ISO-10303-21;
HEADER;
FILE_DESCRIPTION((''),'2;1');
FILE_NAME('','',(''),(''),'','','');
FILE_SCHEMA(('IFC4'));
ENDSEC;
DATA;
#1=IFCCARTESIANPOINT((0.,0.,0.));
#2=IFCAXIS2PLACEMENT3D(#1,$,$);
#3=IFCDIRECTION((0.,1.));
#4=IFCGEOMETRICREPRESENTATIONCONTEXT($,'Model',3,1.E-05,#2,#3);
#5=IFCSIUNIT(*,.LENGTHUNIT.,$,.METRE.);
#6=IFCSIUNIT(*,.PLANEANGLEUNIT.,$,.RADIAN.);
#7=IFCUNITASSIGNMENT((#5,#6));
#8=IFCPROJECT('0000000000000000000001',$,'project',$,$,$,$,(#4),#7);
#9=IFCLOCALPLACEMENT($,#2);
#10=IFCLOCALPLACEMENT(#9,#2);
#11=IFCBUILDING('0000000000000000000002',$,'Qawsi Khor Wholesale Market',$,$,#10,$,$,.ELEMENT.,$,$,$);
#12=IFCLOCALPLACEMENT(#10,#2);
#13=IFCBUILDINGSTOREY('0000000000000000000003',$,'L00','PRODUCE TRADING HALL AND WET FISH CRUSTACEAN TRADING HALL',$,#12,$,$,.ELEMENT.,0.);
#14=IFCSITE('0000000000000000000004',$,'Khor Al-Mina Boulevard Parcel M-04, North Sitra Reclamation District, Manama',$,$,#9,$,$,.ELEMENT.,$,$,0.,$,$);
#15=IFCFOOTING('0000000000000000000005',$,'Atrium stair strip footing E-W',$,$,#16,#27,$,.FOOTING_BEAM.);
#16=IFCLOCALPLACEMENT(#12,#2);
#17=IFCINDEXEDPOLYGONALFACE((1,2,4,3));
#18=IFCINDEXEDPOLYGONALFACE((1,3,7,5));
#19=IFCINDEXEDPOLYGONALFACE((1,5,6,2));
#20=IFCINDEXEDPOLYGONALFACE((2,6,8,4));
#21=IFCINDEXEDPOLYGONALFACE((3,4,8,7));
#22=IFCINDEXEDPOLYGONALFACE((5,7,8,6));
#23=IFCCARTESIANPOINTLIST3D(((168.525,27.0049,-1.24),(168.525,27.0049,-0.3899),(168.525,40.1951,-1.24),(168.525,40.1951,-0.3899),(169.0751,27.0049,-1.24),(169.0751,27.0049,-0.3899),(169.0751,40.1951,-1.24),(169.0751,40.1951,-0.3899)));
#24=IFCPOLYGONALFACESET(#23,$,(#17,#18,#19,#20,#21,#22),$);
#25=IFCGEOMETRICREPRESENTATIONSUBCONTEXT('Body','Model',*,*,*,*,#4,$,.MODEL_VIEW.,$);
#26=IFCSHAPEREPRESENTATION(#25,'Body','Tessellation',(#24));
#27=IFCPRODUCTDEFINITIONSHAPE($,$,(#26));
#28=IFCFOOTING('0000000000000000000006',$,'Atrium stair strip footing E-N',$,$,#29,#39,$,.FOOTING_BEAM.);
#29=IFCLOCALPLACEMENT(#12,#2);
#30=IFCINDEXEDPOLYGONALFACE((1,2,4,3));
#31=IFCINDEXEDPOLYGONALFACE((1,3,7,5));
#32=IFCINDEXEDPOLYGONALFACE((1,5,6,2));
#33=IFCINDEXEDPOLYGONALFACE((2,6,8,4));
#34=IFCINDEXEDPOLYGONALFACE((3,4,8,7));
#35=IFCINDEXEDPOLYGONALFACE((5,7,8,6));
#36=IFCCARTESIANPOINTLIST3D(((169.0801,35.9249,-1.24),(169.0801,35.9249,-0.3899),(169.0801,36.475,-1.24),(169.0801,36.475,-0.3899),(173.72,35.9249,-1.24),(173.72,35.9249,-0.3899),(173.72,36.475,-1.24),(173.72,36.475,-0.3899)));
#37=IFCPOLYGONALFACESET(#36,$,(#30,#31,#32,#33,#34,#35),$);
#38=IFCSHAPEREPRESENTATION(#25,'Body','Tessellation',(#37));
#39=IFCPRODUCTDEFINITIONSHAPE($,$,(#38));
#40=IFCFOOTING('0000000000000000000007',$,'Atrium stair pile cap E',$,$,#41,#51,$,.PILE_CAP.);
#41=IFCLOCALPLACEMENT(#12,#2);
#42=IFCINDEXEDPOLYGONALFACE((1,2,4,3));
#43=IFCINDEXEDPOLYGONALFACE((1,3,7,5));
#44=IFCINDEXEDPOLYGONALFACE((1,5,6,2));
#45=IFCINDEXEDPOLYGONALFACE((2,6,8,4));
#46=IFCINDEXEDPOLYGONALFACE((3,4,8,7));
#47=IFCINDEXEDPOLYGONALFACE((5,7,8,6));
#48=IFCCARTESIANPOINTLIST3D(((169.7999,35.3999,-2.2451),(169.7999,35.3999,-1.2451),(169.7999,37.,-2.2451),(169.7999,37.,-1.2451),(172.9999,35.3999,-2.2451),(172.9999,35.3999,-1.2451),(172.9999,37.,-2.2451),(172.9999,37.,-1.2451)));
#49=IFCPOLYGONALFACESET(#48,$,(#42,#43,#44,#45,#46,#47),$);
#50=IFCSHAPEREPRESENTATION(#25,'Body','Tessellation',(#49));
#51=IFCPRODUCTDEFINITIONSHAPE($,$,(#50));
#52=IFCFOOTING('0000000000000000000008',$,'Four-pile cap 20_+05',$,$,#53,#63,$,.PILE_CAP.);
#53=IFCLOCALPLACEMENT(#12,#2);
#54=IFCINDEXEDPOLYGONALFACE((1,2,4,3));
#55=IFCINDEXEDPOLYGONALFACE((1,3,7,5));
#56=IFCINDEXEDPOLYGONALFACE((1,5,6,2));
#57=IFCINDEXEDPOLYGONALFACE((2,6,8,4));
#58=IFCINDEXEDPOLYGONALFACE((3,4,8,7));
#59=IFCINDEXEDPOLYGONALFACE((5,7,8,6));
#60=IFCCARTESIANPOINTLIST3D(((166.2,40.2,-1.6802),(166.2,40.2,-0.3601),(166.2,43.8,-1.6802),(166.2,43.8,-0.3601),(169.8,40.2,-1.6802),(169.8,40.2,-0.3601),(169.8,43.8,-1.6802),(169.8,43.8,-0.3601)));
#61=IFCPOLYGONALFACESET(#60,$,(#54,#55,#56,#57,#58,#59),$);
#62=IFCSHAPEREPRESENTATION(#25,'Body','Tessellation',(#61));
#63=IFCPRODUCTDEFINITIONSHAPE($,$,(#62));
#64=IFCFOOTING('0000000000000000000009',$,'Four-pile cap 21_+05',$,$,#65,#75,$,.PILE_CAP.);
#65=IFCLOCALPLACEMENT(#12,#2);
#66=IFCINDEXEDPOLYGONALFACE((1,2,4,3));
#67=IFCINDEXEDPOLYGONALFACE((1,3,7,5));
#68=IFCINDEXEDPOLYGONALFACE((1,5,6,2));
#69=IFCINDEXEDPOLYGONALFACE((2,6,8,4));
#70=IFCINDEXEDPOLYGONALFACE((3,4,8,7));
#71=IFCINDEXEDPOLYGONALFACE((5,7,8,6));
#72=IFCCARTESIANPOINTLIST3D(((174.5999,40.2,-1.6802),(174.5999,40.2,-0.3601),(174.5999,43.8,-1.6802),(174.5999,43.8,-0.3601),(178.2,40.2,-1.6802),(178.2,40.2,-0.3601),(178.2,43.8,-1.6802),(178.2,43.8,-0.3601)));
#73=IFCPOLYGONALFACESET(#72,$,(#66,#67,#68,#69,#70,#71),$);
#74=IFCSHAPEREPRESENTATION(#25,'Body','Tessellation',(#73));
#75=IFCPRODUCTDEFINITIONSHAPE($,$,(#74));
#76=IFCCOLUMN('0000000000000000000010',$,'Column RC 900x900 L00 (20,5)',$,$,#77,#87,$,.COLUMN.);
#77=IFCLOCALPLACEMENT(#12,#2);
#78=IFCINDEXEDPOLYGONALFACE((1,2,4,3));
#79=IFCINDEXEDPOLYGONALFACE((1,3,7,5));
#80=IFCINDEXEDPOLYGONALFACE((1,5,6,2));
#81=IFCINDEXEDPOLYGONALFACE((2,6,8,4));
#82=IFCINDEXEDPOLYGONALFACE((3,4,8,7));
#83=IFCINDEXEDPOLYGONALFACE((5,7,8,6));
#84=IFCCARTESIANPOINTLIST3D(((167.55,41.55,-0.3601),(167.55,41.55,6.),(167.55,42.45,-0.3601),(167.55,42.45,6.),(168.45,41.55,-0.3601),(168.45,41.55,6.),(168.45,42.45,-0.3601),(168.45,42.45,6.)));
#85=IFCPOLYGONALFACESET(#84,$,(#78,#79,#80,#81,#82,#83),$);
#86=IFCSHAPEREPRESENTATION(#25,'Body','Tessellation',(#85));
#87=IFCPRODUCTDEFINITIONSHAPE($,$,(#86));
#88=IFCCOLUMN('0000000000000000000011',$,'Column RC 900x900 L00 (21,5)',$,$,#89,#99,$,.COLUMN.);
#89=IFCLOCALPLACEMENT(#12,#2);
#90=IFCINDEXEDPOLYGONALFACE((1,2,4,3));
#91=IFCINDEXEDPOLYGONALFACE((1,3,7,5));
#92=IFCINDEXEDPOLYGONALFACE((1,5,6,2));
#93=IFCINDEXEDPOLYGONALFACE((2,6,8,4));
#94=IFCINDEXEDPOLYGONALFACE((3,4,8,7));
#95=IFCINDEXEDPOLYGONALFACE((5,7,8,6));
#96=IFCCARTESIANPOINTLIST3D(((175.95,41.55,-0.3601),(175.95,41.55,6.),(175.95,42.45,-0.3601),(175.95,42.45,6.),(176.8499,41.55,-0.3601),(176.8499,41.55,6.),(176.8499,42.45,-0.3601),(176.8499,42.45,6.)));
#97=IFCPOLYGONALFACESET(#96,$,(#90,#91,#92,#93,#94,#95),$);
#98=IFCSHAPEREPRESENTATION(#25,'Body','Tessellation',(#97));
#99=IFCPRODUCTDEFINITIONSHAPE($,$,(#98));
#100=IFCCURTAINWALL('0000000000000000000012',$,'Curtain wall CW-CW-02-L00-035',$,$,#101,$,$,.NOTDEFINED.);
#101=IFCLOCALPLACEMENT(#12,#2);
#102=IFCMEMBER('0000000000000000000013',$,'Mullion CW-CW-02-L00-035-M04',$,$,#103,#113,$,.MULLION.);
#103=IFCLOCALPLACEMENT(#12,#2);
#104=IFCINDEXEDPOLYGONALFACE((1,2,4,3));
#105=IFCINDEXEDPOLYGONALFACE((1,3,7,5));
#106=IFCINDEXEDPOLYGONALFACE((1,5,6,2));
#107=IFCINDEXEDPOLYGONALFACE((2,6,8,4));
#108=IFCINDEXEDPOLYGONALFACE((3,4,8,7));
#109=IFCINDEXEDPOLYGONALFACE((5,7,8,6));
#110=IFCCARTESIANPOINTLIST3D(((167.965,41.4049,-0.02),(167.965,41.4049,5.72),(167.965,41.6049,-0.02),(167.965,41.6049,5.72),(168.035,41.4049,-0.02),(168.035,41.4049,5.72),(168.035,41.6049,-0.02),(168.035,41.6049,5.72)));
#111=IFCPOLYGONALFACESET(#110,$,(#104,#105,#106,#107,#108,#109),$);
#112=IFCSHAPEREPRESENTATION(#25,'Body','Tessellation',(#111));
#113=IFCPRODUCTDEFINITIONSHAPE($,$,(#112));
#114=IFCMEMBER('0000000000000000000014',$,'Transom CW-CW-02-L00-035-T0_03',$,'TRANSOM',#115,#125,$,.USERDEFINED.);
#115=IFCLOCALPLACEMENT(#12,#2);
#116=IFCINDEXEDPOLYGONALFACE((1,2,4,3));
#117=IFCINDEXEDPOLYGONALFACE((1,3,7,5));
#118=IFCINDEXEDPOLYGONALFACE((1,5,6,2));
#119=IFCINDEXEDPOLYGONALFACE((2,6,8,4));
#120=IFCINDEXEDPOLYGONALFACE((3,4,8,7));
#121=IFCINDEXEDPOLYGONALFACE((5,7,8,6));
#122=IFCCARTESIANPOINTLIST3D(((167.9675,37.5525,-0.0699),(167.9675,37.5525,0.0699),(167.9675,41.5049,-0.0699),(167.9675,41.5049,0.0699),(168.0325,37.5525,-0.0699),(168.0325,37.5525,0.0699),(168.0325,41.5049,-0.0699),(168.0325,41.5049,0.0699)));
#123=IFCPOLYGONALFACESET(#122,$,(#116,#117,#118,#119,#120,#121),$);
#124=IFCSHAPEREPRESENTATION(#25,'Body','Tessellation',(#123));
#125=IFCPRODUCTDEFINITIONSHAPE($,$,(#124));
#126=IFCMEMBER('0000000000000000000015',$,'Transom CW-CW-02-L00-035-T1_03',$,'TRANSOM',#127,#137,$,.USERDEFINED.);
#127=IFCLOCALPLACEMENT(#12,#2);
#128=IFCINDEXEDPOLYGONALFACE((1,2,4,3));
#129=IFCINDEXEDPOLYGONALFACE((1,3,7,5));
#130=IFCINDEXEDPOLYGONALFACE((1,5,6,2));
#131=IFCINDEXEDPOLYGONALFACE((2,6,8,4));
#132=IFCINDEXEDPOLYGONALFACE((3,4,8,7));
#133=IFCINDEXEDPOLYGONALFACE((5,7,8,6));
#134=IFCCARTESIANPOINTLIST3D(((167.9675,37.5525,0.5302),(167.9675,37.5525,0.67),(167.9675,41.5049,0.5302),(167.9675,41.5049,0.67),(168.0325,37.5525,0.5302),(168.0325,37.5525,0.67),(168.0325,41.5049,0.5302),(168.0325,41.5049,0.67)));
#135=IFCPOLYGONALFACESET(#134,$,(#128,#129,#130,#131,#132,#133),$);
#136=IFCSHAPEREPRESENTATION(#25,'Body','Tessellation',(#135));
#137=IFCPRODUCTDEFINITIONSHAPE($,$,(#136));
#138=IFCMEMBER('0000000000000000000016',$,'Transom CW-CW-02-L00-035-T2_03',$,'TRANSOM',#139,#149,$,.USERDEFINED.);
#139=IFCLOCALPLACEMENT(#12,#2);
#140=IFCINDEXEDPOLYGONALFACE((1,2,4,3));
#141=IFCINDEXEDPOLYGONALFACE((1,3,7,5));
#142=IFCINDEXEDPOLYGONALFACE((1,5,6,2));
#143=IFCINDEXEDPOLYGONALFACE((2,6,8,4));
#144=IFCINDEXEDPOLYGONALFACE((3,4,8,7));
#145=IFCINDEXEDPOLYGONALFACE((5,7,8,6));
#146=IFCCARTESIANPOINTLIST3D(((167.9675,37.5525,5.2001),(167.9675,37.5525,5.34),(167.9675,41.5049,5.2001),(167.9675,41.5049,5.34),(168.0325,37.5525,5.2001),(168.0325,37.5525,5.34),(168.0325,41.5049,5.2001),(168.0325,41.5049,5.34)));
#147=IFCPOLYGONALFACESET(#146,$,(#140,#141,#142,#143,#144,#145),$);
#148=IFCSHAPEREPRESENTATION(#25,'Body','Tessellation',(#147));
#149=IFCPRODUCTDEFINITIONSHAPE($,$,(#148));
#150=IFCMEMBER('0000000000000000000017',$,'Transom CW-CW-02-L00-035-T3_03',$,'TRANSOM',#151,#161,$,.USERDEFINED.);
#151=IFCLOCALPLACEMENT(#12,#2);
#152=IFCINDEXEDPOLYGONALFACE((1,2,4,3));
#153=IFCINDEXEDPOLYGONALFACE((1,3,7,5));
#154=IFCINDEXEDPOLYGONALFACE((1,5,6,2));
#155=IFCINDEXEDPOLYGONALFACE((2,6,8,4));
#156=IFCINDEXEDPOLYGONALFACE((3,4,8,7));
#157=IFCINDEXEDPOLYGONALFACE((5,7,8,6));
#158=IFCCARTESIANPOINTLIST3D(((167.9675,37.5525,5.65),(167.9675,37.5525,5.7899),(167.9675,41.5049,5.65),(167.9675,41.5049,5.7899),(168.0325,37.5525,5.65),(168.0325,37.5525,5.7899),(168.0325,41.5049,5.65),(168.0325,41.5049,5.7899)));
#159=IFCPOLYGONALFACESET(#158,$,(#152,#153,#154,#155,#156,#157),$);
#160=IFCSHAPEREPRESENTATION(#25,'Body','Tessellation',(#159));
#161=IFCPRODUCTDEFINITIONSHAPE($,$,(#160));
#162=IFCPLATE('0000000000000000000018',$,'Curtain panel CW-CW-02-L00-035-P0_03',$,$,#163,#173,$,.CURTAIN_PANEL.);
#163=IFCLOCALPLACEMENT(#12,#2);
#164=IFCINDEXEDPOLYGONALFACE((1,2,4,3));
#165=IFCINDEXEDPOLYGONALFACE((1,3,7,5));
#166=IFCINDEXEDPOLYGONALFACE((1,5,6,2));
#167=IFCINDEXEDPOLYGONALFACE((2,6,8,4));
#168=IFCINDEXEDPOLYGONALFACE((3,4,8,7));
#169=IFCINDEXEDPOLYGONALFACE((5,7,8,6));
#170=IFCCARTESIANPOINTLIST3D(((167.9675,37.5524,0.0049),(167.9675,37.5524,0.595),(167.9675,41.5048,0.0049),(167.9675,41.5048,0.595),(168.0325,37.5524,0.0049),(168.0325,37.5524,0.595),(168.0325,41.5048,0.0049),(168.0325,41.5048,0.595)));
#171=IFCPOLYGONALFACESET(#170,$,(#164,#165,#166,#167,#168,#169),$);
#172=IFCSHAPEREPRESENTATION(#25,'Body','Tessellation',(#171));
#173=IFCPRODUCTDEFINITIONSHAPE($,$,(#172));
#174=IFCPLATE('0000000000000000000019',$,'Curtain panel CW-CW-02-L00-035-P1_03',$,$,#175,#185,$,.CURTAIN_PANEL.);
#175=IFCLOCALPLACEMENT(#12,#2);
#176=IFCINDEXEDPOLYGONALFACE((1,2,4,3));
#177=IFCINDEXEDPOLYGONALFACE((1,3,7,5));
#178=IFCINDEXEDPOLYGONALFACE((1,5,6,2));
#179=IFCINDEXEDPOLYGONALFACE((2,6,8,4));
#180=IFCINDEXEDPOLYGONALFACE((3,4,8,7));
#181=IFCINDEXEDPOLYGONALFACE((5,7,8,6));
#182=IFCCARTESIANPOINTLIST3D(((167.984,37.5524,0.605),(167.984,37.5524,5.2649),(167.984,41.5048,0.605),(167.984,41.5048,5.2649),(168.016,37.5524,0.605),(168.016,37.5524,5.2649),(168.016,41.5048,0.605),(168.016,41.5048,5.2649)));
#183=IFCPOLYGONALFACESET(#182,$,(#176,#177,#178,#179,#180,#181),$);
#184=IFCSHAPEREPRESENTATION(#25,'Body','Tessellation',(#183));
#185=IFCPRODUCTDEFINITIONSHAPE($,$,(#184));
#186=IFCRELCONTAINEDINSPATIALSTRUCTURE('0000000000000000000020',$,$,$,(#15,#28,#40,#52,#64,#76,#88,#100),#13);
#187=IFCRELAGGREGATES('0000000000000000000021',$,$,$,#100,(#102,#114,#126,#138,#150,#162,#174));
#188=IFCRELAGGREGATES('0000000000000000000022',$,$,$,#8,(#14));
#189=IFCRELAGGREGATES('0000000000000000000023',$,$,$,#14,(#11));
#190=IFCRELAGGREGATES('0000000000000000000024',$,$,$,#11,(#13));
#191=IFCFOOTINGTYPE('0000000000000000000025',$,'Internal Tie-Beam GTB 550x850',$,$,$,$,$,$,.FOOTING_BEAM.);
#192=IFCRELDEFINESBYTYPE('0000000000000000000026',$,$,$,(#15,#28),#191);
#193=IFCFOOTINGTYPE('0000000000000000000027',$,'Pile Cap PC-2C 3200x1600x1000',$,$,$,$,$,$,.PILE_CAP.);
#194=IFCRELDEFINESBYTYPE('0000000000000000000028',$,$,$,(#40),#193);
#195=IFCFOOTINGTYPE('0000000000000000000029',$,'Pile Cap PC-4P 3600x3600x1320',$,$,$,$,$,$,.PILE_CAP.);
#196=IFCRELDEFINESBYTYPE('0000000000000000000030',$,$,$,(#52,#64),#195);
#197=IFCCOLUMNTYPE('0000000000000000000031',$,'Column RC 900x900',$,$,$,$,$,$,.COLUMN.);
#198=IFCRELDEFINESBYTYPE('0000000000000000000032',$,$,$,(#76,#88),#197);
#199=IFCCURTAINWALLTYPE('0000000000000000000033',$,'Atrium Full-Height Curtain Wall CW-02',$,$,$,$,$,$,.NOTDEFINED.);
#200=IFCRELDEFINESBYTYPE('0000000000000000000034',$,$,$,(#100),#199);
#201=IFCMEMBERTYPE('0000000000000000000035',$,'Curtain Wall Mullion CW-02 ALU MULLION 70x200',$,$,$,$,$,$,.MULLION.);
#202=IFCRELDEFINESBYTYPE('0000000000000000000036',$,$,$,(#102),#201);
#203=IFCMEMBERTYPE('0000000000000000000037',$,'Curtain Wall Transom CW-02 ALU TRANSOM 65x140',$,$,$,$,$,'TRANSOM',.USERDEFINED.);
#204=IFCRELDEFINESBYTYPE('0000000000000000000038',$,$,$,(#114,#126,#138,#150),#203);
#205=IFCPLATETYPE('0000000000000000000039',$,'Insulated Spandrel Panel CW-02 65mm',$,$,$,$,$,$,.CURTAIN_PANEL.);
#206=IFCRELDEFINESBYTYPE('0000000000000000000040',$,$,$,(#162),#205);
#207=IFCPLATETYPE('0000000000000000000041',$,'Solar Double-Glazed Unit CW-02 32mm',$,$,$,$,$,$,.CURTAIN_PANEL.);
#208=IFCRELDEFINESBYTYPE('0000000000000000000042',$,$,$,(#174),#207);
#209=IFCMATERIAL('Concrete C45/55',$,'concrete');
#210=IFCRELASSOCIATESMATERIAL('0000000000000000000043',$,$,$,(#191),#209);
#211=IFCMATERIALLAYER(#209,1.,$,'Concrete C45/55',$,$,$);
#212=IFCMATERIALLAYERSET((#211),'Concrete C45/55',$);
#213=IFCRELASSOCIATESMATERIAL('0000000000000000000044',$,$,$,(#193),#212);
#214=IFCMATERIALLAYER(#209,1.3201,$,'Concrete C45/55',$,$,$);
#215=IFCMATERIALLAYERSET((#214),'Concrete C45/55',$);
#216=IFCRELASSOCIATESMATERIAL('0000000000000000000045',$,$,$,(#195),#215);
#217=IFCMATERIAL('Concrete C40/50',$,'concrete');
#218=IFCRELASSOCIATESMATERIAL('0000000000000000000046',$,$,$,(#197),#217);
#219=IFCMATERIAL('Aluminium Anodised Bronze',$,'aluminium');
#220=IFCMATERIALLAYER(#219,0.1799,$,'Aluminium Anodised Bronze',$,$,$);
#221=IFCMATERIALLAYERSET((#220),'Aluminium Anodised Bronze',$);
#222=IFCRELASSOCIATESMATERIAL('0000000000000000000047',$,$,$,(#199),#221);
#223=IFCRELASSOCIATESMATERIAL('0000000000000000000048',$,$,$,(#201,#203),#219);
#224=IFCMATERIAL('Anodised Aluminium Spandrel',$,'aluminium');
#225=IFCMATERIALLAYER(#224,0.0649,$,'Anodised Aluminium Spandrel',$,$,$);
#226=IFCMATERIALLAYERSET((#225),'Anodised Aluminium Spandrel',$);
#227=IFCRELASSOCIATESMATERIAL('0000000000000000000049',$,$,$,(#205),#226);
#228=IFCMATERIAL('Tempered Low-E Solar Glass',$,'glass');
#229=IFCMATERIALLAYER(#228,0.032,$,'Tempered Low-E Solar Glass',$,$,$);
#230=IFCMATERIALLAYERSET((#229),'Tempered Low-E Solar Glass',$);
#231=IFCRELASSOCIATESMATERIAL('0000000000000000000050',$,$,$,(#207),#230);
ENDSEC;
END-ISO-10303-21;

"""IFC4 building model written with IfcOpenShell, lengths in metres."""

from ifc_helpers import new_model, si_unit, direction, frame, frame_2d, origin, origin_2d, place, context, subcontext, project, spatial, rectangle, extrude, material, layer, layer_set, material_profile, profile_set, type_object, element, aggregate, save


model = new_model("IFC4")

# Units and contexts
model_context = context("Model", 3, precision=1e-05, world=origin(), true_north=direction((0.0, 1.0)))
body_context = subcontext(model_context, "Body", "Model", "MODEL_VIEW")
ifc_project = project(units=[si_unit("LENGTHUNIT", "METRE"), si_unit("PLANEANGLEUNIT", "RADIAN")], contexts=[model_context])

# Site, building, storey
site_placement = place(None, origin())
site = spatial("IfcSite", under=ifc_project, at=site_placement, Name="Khor Al-Mina Boulevard Parcel M-04, North Sitra Reclamation District, Manama", CompositionType="ELEMENT", RefElevation=0.0)
building_placement = place(site_placement, origin())
building = spatial("IfcBuilding", under=site, at=building_placement, Name="Qawsi Khor Wholesale Market", CompositionType="ELEMENT")
storey_placement = place(building_placement, origin())
storey = spatial("IfcBuildingStorey", under=building, at=storey_placement, Name="L00", Description="PRODUCE TRADING HALL AND WET FISH CRUSTACEAN TRADING HALL", CompositionType="ELEMENT", Elevation=0.0)

# Shared definitions
ifc_material_1 = material(Name="Concrete C45/55", Category="concrete")

# Footings
ifc_material_profile_1 = material_profile(ifc_material_1, rectangle(XDim=0.55, YDim=0.8501, at=origin_2d()), Name="RC 550x850")
ifc_profile_set_1 = profile_set([ifc_material_profile_1], Name="Concrete C45/55")
footing_type_1 = type_object("IfcFootingType", Name="Internal Tie-Beam GTB 550x850", PredefinedType="FOOTING_BEAM", material=ifc_profile_set_1)
footing_1_placement = place(storey_placement, frame((168.8, 27.0049, -0.8149), z_axis=(0.0, 1.0, 0.0), x_axis=(-1.0, 0.0, 0.0)))
element("IfcFooting", 1, at=footing_1_placement, inside=storey, type_object=footing_type_1, Name="Atrium stair strip footing E-W", PredefinedType="FOOTING_BEAM", context=body_context, shape_type="SweptSolid", body=[
    extrude(rectangle(XDim=0.55, YDim=0.8501, at=origin_2d()), origin(), (0.0, 0.0, 1.0), 13.1902),
])
footing_2_placement = place(storey_placement, frame((169.0801, 36.2, -0.8149), z_axis=(1.0, 0.0, 0.0), x_axis=(0.0, 1.0, 0.0)))
element("IfcFooting", 2, at=footing_2_placement, inside=storey, type_object=footing_type_1, Name="Atrium stair strip footing E-N", PredefinedType="FOOTING_BEAM", context=body_context, shape_type="SweptSolid", body=[
    extrude(rectangle(XDim=0.55, YDim=0.8501, at=origin_2d()), origin(), (0.0, 0.0, 1.0), 4.6399),
])
ifc_layer_1 = layer(ifc_material_1, 1.0, Name="Concrete C45/55")
ifc_layer_set_1 = layer_set([ifc_layer_1], Name="Concrete C45/55")
footing_type_2 = type_object("IfcFootingType", Name="Pile Cap PC-2C 3200x1600x1000", PredefinedType="PILE_CAP", material=ifc_layer_set_1)
footing_3_placement = place(storey_placement, frame((171.3999, 36.2, -2.2451), z_axis=(0.0, 0.0, 1.0), x_axis=(1.0, 0.0, 0.0)))
element("IfcFooting", 3, at=footing_3_placement, inside=storey, type_object=footing_type_2, Name="Atrium stair pile cap E", PredefinedType="PILE_CAP", context=body_context, shape_type="SweptSolid", body=[
    extrude(rectangle(XDim=3.2, YDim=1.6001, at=origin_2d()), origin(), (0.0, 0.0, 1.0), 1.0),
])
ifc_layer_2 = layer(ifc_material_1, 1.3201, Name="Concrete C45/55")
ifc_layer_set_2 = layer_set([ifc_layer_2], Name="Concrete C45/55")
footing_type_3 = type_object("IfcFootingType", Name="Pile Cap PC-4P 3600x3600x1320", PredefinedType="PILE_CAP", material=ifc_layer_set_2)
for number, where, z_axis, x_axis, name in (
    (4, (168.0, 42.0, -1.6802), (0.0, 0.0, 1.0), (1.0, 0.0, 0.0), "Four-pile cap 20_+05"),
    (5, (176.3999, 42.0, -1.6802), (0.0, 0.0, 1.0), (1.0, 0.0, 0.0), "Four-pile cap 21_+05"),
):
    element("IfcFooting", number, at=place(storey_placement, frame(where, z_axis=z_axis, x_axis=x_axis)), inside=storey, type_object=footing_type_3, Name=name, PredefinedType="PILE_CAP", context=body_context, shape_type="SweptSolid", body=[
        extrude(rectangle(XDim=3.6001, YDim=3.6001, at=origin_2d()), origin(), (0.0, 0.0, 1.0), 1.3201),
    ])

# Columns
ifc_material_2 = material(Name="Concrete C40/50", Category="concrete")
ifc_material_profile_2 = material_profile(ifc_material_2, rectangle(XDim=0.8999, YDim=0.8999, at=origin_2d()), Name="RC 900x900")
ifc_profile_set_2 = profile_set([ifc_material_profile_2], Name="Concrete C40/50")
column_type = type_object("IfcColumnType", Name="Column RC 900x900", PredefinedType="COLUMN", material=ifc_profile_set_2)
for number, where, z_axis, x_axis, name in (
    (6, (168.0, 42.0, -0.3601), (0.0, 0.0, 1.0), (1.0, 0.0, 0.0), "Column RC 900x900 L00 (20,5)"),
    (7, (176.3999, 42.0, -0.3601), (0.0, 0.0, 1.0), (1.0, 0.0, 0.0), "Column RC 900x900 L00 (21,5)"),
):
    element("IfcColumn", number, at=place(storey_placement, frame(where, z_axis=z_axis, x_axis=x_axis)), inside=storey, type_object=column_type, Name=name, PredefinedType="COLUMN", context=body_context, shape_type="SweptSolid", body=[
        extrude(rectangle(XDim=0.8999, YDim=0.8999, at=origin_2d()), origin(), (0.0, 0.0, 1.0), 6.3601),
    ])

# Curtain wall, members, plates
ifc_material_3 = material(Name="Aluminium Anodised Bronze", Category="aluminium")
ifc_layer_3 = layer(ifc_material_3, 0.1799, Name="Aluminium Anodised Bronze")
ifc_layer_set_3 = layer_set([ifc_layer_3], Name="Aluminium Anodised Bronze")
curtain_wall_type = type_object("IfcCurtainWallType", Name="Atrium Full-Height Curtain Wall CW-02", PredefinedType="NOTDEFINED", material=ifc_layer_set_3)
curtain_wall_placement = place(storey_placement, origin())
curtain_wall = element("IfcCurtainWall", 8, at=curtain_wall_placement, inside=storey, type_object=curtain_wall_type, Name="Curtain wall CW-CW-02-L00-035", PredefinedType="NOTDEFINED")
ifc_material_profile_3 = material_profile(ifc_material_3, rectangle(XDim=0.0701, YDim=0.2, at=origin_2d()), Name="ALU MULLION 70x200")
ifc_profile_set_3 = profile_set([ifc_material_profile_3], Name="Aluminium Anodised Bronze")
member_type_1 = type_object("IfcMemberType", Name="Curtain Wall Mullion CW-02 ALU MULLION 70x200", PredefinedType="MULLION", material=ifc_profile_set_3)
member_1_placement = place(storey_placement, frame((168.0, 41.5049, -0.02), z_axis=(0.0, 0.0, 1.0), x_axis=(1.0, 0.0, 0.0)))
member_1 = element("IfcMember", 9, at=member_1_placement, type_object=member_type_1, Name="Mullion CW-CW-02-L00-035-M04", PredefinedType="MULLION", context=body_context, shape_type="SweptSolid", body=[
    extrude(rectangle(XDim=0.0701, YDim=0.2, at=origin_2d()), origin(), (0.0, 0.0, 1.0), 5.74),
])
ifc_material_profile_4 = material_profile(ifc_material_3, rectangle(XDim=0.0649, YDim=0.1399, at=origin_2d()), Name="ALU TRANSOM 65x140")
ifc_profile_set_4 = profile_set([ifc_material_profile_4], Name="Aluminium Anodised Bronze")
member_type_2 = type_object("IfcMemberType", Name="Curtain Wall Transom CW-02 ALU TRANSOM 65x140", ElementType="TRANSOM", PredefinedType="USERDEFINED", material=ifc_profile_set_4)
member_2_placement = place(storey_placement, frame((168.0, 37.5525, 0.0), z_axis=(0.0, 1.0, 0.0), x_axis=(-1.0, 0.0, 0.0)))
member_2 = element("IfcMember", 10, at=member_2_placement, type_object=member_type_2, Name="Transom CW-CW-02-L00-035-T0_03", ObjectType="TRANSOM", PredefinedType="USERDEFINED", context=body_context, shape_type="SweptSolid", body=[
    extrude(rectangle(XDim=0.0649, YDim=0.1399, at=origin_2d()), origin(), (0.0, 0.0, 1.0), 3.9524),
])
member_3_placement = place(storey_placement, frame((168.0, 37.5525, 0.6001), z_axis=(0.0, 1.0, 0.0), x_axis=(-1.0, 0.0, 0.0)))
member_3 = element("IfcMember", 11, at=member_3_placement, type_object=member_type_2, Name="Transom CW-CW-02-L00-035-T1_03", ObjectType="TRANSOM", PredefinedType="USERDEFINED", context=body_context, shape_type="SweptSolid", body=[
    extrude(rectangle(XDim=0.0649, YDim=0.1399, at=origin_2d()), origin(), (0.0, 0.0, 1.0), 3.9524),
])
member_4_placement = place(storey_placement, frame((168.0, 37.5525, 5.27), z_axis=(0.0, 1.0, 0.0), x_axis=(-1.0, 0.0, 0.0)))
member_4 = element("IfcMember", 12, at=member_4_placement, type_object=member_type_2, Name="Transom CW-CW-02-L00-035-T2_03", ObjectType="TRANSOM", PredefinedType="USERDEFINED", context=body_context, shape_type="SweptSolid", body=[
    extrude(rectangle(XDim=0.0649, YDim=0.1399, at=origin_2d()), origin(), (0.0, 0.0, 1.0), 3.9524),
])
member_5_placement = place(storey_placement, frame((168.0, 37.5525, 5.72), z_axis=(0.0, 1.0, 0.0), x_axis=(-1.0, 0.0, 0.0)))
member_5 = element("IfcMember", 13, at=member_5_placement, type_object=member_type_2, Name="Transom CW-CW-02-L00-035-T3_03", ObjectType="TRANSOM", PredefinedType="USERDEFINED", context=body_context, shape_type="SweptSolid", body=[
    extrude(rectangle(XDim=0.0649, YDim=0.1399, at=origin_2d()), origin(), (0.0, 0.0, 1.0), 3.9524),
])
ifc_material_4 = material(Name="Anodised Aluminium Spandrel", Category="aluminium")
ifc_layer_4 = layer(ifc_material_4, 0.0649, Name="Anodised Aluminium Spandrel")
ifc_layer_set_4 = layer_set([ifc_layer_4], Name="Anodised Aluminium Spandrel")
plate_type_1 = type_object("IfcPlateType", Name="Insulated Spandrel Panel CW-02 65mm", PredefinedType="CURTAIN_PANEL", material=ifc_layer_set_4)
plate_1_placement = place(storey_placement, frame((168.0, 37.5525, 0.0049), z_axis=(0.0, 0.0, 1.0), x_axis=(0.0, 1.0, 0.0)))
plate_1 = element("IfcPlate", 14, at=plate_1_placement, type_object=plate_type_1, Name="Curtain panel CW-CW-02-L00-035-P0_03", PredefinedType="CURTAIN_PANEL", context=body_context, shape_type="SweptSolid", body=[
    extrude(rectangle(XDim=3.9524, YDim=0.0649, at=frame_2d((1.9761, 0.0))), origin(), (0.0, 0.0, 1.0), 0.5901),
])
ifc_material_5 = material(Name="Tempered Low-E Solar Glass", Category="glass")
ifc_layer_5 = layer(ifc_material_5, 0.032, Name="Tempered Low-E Solar Glass")
ifc_layer_set_5 = layer_set([ifc_layer_5], Name="Tempered Low-E Solar Glass")
plate_type_2 = type_object("IfcPlateType", Name="Solar Double-Glazed Unit CW-02 32mm", PredefinedType="CURTAIN_PANEL", material=ifc_layer_set_5)
plate_2_placement = place(storey_placement, frame((168.0, 37.5525, 0.605), z_axis=(0.0, 0.0, 1.0), x_axis=(0.0, 1.0, 0.0)))
plate_2 = element("IfcPlate", 15, at=plate_2_placement, type_object=plate_type_2, Name="Curtain panel CW-CW-02-L00-035-P1_03", PredefinedType="CURTAIN_PANEL", context=body_context, shape_type="SweptSolid", body=[
    extrude(rectangle(XDim=3.9524, YDim=0.032, at=frame_2d((1.9761, 0.0))), origin(), (0.0, 0.0, 1.0), 4.6599),
])
aggregate(curtain_wall, [member_1, member_2, member_3, member_4, member_5, plate_1, plate_2])

save(model, "model.ifc")
